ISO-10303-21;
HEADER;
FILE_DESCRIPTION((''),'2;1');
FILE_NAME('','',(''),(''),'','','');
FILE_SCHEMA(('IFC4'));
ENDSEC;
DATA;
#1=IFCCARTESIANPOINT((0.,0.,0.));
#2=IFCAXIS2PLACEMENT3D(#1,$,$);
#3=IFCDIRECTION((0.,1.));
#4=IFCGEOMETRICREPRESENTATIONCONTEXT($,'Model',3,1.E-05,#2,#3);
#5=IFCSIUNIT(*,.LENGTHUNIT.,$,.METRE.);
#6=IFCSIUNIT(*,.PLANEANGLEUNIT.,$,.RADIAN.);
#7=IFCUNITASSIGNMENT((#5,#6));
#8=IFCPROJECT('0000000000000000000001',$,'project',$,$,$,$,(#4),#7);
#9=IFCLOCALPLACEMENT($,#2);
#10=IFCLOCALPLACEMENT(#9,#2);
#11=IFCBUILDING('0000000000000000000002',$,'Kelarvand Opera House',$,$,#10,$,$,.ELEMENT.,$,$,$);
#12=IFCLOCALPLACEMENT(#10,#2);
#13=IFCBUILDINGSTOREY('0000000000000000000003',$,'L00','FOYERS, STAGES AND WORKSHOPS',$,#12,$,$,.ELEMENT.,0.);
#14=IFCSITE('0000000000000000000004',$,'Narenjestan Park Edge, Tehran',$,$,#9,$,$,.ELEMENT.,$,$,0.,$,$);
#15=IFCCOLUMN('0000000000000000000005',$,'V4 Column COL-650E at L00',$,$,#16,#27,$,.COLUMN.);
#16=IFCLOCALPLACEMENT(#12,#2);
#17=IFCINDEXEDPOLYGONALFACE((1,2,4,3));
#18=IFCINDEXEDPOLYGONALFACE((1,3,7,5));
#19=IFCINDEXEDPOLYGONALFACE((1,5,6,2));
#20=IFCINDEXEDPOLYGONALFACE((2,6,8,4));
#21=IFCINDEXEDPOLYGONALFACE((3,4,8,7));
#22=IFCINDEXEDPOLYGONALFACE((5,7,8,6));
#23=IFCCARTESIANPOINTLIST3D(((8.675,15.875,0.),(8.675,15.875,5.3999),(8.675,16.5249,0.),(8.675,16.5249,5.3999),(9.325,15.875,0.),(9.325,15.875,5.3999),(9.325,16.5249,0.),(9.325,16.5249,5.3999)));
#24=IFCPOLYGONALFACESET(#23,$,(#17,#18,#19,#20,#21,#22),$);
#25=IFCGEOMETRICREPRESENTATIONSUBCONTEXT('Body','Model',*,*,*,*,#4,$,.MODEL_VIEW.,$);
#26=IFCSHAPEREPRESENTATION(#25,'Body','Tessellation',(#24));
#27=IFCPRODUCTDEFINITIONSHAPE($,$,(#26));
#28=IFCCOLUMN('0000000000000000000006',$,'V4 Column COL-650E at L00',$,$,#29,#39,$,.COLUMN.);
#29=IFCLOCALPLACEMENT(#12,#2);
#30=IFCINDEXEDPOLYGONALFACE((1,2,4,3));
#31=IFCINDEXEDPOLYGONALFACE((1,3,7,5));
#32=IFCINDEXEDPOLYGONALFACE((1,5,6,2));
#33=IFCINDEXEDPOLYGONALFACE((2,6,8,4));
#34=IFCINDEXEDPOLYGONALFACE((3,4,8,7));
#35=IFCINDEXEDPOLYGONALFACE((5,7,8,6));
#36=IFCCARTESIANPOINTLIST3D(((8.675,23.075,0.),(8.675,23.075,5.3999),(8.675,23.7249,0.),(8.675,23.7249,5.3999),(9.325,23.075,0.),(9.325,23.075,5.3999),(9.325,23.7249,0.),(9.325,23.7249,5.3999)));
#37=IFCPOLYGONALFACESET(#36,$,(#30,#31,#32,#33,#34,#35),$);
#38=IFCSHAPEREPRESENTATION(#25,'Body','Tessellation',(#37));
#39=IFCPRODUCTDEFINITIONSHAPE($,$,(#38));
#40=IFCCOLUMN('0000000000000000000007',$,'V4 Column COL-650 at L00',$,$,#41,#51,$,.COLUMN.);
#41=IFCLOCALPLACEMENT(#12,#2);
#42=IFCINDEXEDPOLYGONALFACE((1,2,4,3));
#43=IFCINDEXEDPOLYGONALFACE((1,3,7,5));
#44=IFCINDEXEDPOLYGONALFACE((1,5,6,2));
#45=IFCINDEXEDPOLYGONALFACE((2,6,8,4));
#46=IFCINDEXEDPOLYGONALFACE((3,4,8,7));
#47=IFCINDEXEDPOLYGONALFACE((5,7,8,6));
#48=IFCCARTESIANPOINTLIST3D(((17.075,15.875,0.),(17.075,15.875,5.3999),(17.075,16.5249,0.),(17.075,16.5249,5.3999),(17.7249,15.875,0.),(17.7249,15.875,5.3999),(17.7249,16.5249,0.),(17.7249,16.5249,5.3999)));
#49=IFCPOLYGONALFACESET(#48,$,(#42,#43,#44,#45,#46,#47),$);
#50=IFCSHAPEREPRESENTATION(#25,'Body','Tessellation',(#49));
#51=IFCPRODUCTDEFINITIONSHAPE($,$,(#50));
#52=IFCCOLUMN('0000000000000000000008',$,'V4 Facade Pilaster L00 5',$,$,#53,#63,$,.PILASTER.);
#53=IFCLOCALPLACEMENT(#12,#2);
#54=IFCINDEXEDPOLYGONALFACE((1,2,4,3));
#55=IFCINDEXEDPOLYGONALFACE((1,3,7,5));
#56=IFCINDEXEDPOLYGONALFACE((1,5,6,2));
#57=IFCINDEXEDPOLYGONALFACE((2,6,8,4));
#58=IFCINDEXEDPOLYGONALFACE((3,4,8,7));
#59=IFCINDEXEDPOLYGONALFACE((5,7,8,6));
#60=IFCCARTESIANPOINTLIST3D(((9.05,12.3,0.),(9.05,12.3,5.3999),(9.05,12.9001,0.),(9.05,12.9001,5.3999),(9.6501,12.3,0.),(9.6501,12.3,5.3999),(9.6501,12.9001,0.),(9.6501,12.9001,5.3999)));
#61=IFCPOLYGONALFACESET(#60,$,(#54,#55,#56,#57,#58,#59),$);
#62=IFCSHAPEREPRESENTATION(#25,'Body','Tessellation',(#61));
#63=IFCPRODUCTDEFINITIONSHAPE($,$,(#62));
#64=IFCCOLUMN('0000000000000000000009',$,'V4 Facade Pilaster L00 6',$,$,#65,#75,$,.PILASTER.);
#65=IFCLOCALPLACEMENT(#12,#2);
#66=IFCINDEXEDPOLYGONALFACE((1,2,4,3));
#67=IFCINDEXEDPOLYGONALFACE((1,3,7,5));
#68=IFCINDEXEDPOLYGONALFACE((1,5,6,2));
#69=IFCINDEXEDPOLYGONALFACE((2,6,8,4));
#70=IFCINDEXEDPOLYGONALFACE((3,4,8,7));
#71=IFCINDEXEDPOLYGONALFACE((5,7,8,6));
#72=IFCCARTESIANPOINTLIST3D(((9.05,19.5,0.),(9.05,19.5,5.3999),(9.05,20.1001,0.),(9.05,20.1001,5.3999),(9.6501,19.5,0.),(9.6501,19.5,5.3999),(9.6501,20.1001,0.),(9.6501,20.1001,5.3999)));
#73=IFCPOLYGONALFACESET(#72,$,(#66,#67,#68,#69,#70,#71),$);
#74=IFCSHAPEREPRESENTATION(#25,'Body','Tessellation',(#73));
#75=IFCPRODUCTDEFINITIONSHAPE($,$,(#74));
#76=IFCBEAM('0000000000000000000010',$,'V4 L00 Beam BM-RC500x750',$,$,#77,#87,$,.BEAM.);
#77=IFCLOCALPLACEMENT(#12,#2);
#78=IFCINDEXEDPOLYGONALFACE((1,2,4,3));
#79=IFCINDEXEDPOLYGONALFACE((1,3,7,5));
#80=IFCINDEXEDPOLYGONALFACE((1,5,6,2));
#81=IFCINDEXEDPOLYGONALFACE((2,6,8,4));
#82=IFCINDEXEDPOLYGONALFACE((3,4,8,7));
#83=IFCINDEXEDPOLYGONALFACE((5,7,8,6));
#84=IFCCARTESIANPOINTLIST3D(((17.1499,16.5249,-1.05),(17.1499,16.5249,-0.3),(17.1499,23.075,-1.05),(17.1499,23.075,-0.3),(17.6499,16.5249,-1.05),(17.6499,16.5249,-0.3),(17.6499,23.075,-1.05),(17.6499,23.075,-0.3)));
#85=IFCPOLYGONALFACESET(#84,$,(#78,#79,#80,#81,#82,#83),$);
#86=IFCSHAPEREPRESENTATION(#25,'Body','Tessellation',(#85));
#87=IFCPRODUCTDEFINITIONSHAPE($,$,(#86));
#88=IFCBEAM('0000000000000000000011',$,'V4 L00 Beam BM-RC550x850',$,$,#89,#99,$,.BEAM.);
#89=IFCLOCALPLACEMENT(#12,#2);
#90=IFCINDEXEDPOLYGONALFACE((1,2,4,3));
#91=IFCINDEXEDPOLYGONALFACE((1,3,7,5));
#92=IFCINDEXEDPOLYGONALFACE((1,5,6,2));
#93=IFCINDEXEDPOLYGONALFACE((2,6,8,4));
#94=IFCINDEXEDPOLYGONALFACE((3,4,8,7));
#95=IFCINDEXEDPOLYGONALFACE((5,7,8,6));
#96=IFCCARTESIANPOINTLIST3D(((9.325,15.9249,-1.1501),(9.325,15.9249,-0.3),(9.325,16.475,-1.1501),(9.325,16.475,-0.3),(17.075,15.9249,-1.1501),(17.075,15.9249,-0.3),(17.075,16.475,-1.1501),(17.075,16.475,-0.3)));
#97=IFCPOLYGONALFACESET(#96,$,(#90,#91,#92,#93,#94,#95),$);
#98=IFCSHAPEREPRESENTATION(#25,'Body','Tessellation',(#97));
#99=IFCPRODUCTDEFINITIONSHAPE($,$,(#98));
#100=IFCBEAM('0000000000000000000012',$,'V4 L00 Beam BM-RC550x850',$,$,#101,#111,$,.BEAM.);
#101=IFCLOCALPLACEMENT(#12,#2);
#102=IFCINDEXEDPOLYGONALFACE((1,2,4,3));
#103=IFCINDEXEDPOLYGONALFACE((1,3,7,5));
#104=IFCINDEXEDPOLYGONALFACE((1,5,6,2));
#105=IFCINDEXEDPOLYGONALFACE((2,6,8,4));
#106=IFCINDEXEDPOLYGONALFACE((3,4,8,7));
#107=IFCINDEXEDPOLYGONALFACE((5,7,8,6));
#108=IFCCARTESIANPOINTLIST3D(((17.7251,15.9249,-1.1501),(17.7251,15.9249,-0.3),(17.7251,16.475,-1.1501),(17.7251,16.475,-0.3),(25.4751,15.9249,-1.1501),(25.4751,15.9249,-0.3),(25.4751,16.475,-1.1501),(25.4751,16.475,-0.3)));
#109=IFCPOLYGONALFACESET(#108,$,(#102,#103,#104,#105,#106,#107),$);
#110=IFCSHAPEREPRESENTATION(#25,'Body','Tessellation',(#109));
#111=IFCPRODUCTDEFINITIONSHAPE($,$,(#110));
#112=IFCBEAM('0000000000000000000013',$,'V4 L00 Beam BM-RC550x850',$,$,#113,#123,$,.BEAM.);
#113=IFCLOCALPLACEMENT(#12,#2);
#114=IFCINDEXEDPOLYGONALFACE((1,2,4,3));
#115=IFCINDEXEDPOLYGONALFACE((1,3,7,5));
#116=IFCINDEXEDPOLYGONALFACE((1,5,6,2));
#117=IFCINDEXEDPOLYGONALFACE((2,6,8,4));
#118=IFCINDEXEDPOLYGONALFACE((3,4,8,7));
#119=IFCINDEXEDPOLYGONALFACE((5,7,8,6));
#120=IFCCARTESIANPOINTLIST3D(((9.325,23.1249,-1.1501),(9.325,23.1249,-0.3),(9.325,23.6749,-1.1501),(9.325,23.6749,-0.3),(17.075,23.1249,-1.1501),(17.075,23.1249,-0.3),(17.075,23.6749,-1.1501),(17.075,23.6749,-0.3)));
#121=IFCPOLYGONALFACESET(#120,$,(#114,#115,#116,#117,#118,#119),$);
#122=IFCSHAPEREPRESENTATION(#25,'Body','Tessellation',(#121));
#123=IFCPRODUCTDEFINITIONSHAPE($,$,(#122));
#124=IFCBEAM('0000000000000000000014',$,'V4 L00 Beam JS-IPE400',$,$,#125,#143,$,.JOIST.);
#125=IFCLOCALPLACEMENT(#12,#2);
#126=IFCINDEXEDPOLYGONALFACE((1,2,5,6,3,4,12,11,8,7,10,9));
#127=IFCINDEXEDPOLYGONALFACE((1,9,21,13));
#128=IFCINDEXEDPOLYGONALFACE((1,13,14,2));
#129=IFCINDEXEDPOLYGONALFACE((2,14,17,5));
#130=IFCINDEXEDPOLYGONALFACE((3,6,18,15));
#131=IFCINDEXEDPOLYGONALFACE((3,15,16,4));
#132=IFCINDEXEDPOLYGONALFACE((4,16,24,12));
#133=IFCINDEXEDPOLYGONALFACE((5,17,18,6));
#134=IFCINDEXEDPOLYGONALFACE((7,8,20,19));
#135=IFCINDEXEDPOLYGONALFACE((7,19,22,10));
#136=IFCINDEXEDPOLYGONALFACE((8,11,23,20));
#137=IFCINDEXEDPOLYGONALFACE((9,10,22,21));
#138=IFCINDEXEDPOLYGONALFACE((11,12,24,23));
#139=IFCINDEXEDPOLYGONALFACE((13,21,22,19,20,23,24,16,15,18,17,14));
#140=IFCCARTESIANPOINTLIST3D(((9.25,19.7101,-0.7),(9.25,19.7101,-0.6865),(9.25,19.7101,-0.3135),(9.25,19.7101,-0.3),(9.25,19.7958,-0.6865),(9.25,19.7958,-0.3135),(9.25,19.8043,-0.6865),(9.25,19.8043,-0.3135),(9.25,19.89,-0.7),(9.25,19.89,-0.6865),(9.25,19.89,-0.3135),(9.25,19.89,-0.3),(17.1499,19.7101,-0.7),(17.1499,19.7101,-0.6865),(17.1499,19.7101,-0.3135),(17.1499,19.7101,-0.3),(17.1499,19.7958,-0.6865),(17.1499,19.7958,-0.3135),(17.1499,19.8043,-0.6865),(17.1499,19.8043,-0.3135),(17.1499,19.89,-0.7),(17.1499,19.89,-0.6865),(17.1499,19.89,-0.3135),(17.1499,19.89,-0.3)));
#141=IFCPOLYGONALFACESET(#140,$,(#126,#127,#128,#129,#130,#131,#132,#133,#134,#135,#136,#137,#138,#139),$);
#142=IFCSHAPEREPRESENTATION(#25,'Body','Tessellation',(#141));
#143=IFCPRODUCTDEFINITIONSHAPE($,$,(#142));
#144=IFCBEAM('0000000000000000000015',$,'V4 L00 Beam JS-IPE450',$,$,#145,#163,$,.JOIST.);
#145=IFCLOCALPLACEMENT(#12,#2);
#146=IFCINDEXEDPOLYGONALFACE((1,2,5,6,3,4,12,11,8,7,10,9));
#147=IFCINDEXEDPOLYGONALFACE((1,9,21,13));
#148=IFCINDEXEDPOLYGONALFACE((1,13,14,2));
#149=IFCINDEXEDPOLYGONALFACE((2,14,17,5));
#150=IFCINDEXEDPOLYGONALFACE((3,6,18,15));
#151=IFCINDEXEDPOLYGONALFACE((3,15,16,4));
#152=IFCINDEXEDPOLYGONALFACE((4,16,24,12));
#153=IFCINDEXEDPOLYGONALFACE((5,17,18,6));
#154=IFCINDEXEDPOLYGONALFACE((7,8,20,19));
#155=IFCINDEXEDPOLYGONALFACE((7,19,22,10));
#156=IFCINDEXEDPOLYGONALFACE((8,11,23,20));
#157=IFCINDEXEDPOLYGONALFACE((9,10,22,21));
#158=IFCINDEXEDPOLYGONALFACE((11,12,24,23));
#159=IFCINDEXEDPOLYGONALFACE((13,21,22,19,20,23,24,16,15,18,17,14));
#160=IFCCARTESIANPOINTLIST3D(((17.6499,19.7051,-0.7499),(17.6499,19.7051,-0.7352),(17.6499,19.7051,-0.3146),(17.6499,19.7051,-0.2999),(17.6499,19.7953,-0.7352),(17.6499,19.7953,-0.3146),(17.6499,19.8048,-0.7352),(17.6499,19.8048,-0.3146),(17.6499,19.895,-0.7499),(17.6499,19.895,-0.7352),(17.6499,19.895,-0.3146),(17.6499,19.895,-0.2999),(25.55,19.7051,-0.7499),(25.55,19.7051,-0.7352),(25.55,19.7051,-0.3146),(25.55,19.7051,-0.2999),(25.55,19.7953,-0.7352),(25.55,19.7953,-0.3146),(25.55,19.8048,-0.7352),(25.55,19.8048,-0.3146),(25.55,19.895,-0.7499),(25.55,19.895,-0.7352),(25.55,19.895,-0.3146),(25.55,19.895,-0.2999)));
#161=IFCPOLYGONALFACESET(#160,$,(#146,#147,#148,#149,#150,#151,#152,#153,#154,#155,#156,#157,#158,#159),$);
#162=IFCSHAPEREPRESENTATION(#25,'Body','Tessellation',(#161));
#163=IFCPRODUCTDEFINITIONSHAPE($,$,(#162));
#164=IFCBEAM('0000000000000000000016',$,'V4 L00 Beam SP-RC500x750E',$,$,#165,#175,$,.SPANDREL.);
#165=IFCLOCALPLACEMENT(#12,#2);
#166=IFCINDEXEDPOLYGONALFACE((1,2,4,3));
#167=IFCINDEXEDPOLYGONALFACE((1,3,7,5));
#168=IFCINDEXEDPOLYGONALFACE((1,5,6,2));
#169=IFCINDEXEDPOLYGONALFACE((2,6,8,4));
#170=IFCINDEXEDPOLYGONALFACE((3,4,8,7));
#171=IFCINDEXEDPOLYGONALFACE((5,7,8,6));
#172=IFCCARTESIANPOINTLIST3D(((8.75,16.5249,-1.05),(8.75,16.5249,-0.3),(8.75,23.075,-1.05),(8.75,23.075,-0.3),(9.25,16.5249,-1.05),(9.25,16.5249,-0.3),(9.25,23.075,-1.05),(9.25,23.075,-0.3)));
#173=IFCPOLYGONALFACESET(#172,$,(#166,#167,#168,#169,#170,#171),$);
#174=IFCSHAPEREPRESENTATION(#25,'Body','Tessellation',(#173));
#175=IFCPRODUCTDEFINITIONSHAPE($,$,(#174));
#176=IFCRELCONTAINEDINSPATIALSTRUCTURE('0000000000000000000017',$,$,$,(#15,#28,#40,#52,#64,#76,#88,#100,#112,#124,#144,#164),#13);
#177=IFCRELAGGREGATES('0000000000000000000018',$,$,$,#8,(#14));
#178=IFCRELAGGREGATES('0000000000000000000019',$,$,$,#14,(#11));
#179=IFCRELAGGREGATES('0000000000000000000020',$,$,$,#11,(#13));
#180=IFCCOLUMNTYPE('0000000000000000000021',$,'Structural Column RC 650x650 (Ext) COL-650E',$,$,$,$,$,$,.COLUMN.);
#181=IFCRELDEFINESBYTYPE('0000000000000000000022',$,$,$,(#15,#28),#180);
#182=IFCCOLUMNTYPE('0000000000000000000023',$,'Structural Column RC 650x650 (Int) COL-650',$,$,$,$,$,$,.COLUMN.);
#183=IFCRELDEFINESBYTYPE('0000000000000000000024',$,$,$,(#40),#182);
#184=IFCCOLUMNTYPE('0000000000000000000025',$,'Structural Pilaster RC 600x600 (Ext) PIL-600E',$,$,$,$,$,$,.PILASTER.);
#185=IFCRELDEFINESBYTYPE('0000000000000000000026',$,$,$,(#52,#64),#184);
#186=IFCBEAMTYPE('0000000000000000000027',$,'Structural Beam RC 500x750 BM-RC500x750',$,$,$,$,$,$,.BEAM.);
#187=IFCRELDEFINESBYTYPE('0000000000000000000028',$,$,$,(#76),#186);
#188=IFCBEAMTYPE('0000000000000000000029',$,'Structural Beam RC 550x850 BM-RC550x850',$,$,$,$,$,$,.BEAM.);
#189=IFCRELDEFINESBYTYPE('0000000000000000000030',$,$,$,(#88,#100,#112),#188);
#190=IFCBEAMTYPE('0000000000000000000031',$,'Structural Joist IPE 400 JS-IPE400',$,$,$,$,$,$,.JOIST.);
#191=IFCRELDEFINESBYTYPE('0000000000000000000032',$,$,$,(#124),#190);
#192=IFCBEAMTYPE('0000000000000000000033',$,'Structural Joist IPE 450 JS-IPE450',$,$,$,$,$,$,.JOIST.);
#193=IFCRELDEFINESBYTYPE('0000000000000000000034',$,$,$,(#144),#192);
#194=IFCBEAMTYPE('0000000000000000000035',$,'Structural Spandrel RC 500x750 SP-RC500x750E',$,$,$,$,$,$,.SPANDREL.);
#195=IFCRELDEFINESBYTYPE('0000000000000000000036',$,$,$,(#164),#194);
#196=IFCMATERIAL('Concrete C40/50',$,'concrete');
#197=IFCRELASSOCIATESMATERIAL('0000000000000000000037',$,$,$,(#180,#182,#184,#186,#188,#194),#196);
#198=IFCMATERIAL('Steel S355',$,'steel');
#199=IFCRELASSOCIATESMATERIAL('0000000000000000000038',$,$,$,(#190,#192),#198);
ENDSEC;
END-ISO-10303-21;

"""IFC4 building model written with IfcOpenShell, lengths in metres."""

from ifc_helpers import new_model, si_unit, direction, frame, origin, origin_2d, place, context, subcontext, project, spatial, rectangle, i_section, extrude, material, material_profile, profile_set, type_object, element, save


model = new_model("IFC4")

# Units and contexts
model_context = context("Model", 3, precision=1e-05, world=origin(), true_north=direction((0.0, 1.0)))
body_context = subcontext(model_context, "Body", "Model", "MODEL_VIEW")
ifc_project = project(units=[si_unit("LENGTHUNIT", "METRE"), si_unit("PLANEANGLEUNIT", "RADIAN")], contexts=[model_context])

# Site, building, storey
site_placement = place(None, origin())
site = spatial("IfcSite", under=ifc_project, at=site_placement, Name="Narenjestan Park Edge, Tehran", CompositionType="ELEMENT", RefElevation=0.0)
building_placement = place(site_placement, origin())
building = spatial("IfcBuilding", under=site, at=building_placement, Name="Kelarvand Opera House", CompositionType="ELEMENT")
storey_placement = place(building_placement, origin())
storey = spatial("IfcBuildingStorey", under=building, at=storey_placement, Name="L00", Description="FOYERS, STAGES AND WORKSHOPS", CompositionType="ELEMENT", Elevation=0.0)

# Columns
ifc_material_1 = material(Name="Concrete C40/50", Category="concrete")
ifc_material_profile_1 = material_profile(ifc_material_1, rectangle(XDim=0.6499, YDim=0.6499, at=origin_2d()), Name="RC 650x650", Category="concrete")
ifc_profile_set_1 = profile_set([ifc_material_profile_1], Name="Concrete C40/50")
column_type_1 = type_object("IfcColumnType", Name="Structural Column RC 650x650 (Ext) COL-650E", PredefinedType="COLUMN", material=ifc_profile_set_1)
for number, where, z_axis, x_axis, name in (
    (1, (9.0, 16.2, 0.0), (0.0, 0.0, 1.0), (1.0, 0.0, 0.0), "V4 Column COL-650E at L00"),
    (2, (9.0, 23.3999, 0.0), (0.0, 0.0, 1.0), (1.0, 0.0, 0.0), "V4 Column COL-650E at L00"),
):
    element("IfcColumn", number, at=place(storey_placement, frame(where, z_axis=z_axis, x_axis=x_axis)), inside=storey, type_object=column_type_1, Name=name, PredefinedType="COLUMN", context=body_context, shape_type="SweptSolid", body=[
        extrude(rectangle(XDim=0.6499, YDim=0.6499, at=origin_2d()), origin(), (0.0, 0.0, 1.0), 5.3999),
    ])
ifc_material_profile_2 = material_profile(ifc_material_1, rectangle(XDim=0.6499, YDim=0.6499, at=origin_2d()), Name="RC 650x650", Category="concrete")
ifc_profile_set_2 = profile_set([ifc_material_profile_2], Name="Concrete C40/50")
column_type_2 = type_object("IfcColumnType", Name="Structural Column RC 650x650 (Int) COL-650", PredefinedType="COLUMN", material=ifc_profile_set_2)
column_placement = place(storey_placement, frame((17.3999, 16.2, 0.0), z_axis=(0.0, 0.0, 1.0), x_axis=(1.0, 0.0, 0.0)))
element("IfcColumn", 3, at=column_placement, inside=storey, type_object=column_type_2, Name="V4 Column COL-650 at L00", PredefinedType="COLUMN", context=body_context, shape_type="SweptSolid", body=[
    extrude(rectangle(XDim=0.6499, YDim=0.6499, at=origin_2d()), origin(), (0.0, 0.0, 1.0), 5.3999),
])
ifc_material_profile_3 = material_profile(ifc_material_1, rectangle(XDim=0.6001, YDim=0.6001, at=origin_2d()), Name="RC 600x600", Category="concrete")
ifc_profile_set_3 = profile_set([ifc_material_profile_3], Name="Concrete C40/50")
column_type_3 = type_object("IfcColumnType", Name="Structural Pilaster RC 600x600 (Ext) PIL-600E", PredefinedType="PILASTER", material=ifc_profile_set_3)
for number, where, z_axis, x_axis, name in (
    (4, (9.3501, 12.6001, 0.0), (0.0, 0.0, 1.0), (1.0, 0.0, 0.0), "V4 Facade Pilaster L00 5"),
    (5, (9.3501, 19.8, 0.0), (0.0, 0.0, 1.0), (1.0, 0.0, 0.0), "V4 Facade Pilaster L00 6"),
):
    element("IfcColumn", number, at=place(storey_placement, frame(where, z_axis=z_axis, x_axis=x_axis)), inside=storey, type_object=column_type_3, Name=name, PredefinedType="PILASTER", context=body_context, shape_type="SweptSolid", body=[
        extrude(rectangle(XDim=0.6001, YDim=0.6001, at=origin_2d()), origin(), (0.0, 0.0, 1.0), 5.3999),
    ])

# Beams
ifc_material_profile_4 = material_profile(ifc_material_1, rectangle(XDim=0.5, YDim=0.75, at=origin_2d()), Name="RC 500x750", Category="concrete")
ifc_profile_set_4 = profile_set([ifc_material_profile_4], Name="Concrete C40/50")
beam_type_1 = type_object("IfcBeamType", Name="Structural Beam RC 500x750 BM-RC500x750", PredefinedType="BEAM", material=ifc_profile_set_4)
beam_1_placement = place(storey_placement, frame((17.3999, 16.5249, -0.675), z_axis=(0.0, 1.0, 0.0), x_axis=(-1.0, 0.0, 0.0)))
element("IfcBeam", 6, at=beam_1_placement, inside=storey, type_object=beam_type_1, Name="V4 L00 Beam BM-RC500x750", PredefinedType="BEAM", context=body_context, shape_type="SweptSolid", body=[
    extrude(rectangle(XDim=0.5, YDim=0.75, at=origin_2d()), origin(), (0.0, 0.0, 1.0), 6.55),
])
ifc_material_profile_5 = material_profile(ifc_material_1, rectangle(XDim=0.55, YDim=0.8501, at=origin_2d()), Name="RC 550x850", Category="concrete")
ifc_profile_set_5 = profile_set([ifc_material_profile_5], Name="Concrete C40/50")
beam_type_2 = type_object("IfcBeamType", Name="Structural Beam RC 550x850 BM-RC550x850", PredefinedType="BEAM", material=ifc_profile_set_5)
for number, where, z_axis, x_axis, name in (
    (7, (9.325, 16.2, -0.7251), (1.0, 0.0, 0.0), (0.0, 1.0, 0.0), "V4 L00 Beam BM-RC550x850"),
    (8, (17.7251, 16.2, -0.7251), (1.0, 0.0, 0.0), (0.0, 1.0, 0.0), "V4 L00 Beam BM-RC550x850"),
    (9, (9.325, 23.3999, -0.7251), (1.0, 0.0, 0.0), (0.0, 1.0, 0.0), "V4 L00 Beam BM-RC550x850"),
):
    element("IfcBeam", number, at=place(storey_placement, frame(where, z_axis=z_axis, x_axis=x_axis)), inside=storey, type_object=beam_type_2, Name=name, PredefinedType="BEAM", context=body_context, shape_type="SweptSolid", body=[
        extrude(rectangle(XDim=0.55, YDim=0.8501, at=origin_2d()), origin(), (0.0, 0.0, 1.0), 7.75),
    ])
ifc_material_2 = material(Name="Steel S355", Category="steel")
ifc_material_profile_6 = material_profile(ifc_material_2, i_section(OverallWidth=0.1799, OverallDepth=0.3999, WebThickness=0.0085, FlangeThickness=0.0134, at=origin_2d()), Name="IPE 400", Category="steel")
ifc_profile_set_6 = profile_set([ifc_material_profile_6], Name="Steel S355")
beam_type_3 = type_object("IfcBeamType", Name="Structural Joist IPE 400 JS-IPE400", PredefinedType="JOIST", material=ifc_profile_set_6)
beam_2_placement = place(storey_placement, frame((9.25, 19.8, -0.5), z_axis=(1.0, 0.0, 0.0), x_axis=(0.0, 1.0, 0.0)))
element("IfcBeam", 10, at=beam_2_placement, inside=storey, type_object=beam_type_3, Name="V4 L00 Beam JS-IPE400", PredefinedType="JOIST", context=body_context, shape_type="SweptSolid", body=[
    extrude(i_section(OverallWidth=0.1799, OverallDepth=0.3999, WebThickness=0.0085, FlangeThickness=0.0134, at=origin_2d()), origin(), (0.0, 0.0, 1.0), 7.8999),
])
ifc_material_profile_7 = material_profile(ifc_material_2, i_section(OverallWidth=0.1899, OverallDepth=0.45, WebThickness=0.0095, FlangeThickness=0.0146, at=origin_2d()), Name="IPE 450", Category="steel")
ifc_profile_set_7 = profile_set([ifc_material_profile_7], Name="Steel S355")
beam_type_4 = type_object("IfcBeamType", Name="Structural Joist IPE 450 JS-IPE450", PredefinedType="JOIST", material=ifc_profile_set_7)
beam_3_placement = place(storey_placement, frame((17.6499, 19.8, -0.5249), z_axis=(1.0, 0.0, 0.0), x_axis=(0.0, 1.0, 0.0)))
element("IfcBeam", 11, at=beam_3_placement, inside=storey, type_object=beam_type_4, Name="V4 L00 Beam JS-IPE450", PredefinedType="JOIST", context=body_context, shape_type="SweptSolid", body=[
    extrude(i_section(OverallWidth=0.1899, OverallDepth=0.45, WebThickness=0.0095, FlangeThickness=0.0146, at=origin_2d()), origin(), (0.0, 0.0, 1.0), 7.9001),
])
ifc_material_profile_8 = material_profile(ifc_material_1, rectangle(XDim=0.5, YDim=0.75, at=origin_2d()), Name="RC 500x750", Category="concrete")
ifc_profile_set_8 = profile_set([ifc_material_profile_8], Name="Concrete C40/50")
beam_type_5 = type_object("IfcBeamType", Name="Structural Spandrel RC 500x750 SP-RC500x750E", PredefinedType="SPANDREL", material=ifc_profile_set_8)
beam_4_placement = place(storey_placement, frame((9.0, 16.5249, -0.675), z_axis=(0.0, 1.0, 0.0), x_axis=(-1.0, 0.0, 0.0)))
element("IfcBeam", 12, at=beam_4_placement, inside=storey, type_object=beam_type_5, Name="V4 L00 Beam SP-RC500x750E", PredefinedType="SPANDREL", context=body_context, shape_type="SweptSolid", body=[
    extrude(rectangle(XDim=0.5, YDim=0.75, at=origin_2d()), origin(), (0.0, 0.0, 1.0), 6.55),
])

save(model, "model.ifc")
